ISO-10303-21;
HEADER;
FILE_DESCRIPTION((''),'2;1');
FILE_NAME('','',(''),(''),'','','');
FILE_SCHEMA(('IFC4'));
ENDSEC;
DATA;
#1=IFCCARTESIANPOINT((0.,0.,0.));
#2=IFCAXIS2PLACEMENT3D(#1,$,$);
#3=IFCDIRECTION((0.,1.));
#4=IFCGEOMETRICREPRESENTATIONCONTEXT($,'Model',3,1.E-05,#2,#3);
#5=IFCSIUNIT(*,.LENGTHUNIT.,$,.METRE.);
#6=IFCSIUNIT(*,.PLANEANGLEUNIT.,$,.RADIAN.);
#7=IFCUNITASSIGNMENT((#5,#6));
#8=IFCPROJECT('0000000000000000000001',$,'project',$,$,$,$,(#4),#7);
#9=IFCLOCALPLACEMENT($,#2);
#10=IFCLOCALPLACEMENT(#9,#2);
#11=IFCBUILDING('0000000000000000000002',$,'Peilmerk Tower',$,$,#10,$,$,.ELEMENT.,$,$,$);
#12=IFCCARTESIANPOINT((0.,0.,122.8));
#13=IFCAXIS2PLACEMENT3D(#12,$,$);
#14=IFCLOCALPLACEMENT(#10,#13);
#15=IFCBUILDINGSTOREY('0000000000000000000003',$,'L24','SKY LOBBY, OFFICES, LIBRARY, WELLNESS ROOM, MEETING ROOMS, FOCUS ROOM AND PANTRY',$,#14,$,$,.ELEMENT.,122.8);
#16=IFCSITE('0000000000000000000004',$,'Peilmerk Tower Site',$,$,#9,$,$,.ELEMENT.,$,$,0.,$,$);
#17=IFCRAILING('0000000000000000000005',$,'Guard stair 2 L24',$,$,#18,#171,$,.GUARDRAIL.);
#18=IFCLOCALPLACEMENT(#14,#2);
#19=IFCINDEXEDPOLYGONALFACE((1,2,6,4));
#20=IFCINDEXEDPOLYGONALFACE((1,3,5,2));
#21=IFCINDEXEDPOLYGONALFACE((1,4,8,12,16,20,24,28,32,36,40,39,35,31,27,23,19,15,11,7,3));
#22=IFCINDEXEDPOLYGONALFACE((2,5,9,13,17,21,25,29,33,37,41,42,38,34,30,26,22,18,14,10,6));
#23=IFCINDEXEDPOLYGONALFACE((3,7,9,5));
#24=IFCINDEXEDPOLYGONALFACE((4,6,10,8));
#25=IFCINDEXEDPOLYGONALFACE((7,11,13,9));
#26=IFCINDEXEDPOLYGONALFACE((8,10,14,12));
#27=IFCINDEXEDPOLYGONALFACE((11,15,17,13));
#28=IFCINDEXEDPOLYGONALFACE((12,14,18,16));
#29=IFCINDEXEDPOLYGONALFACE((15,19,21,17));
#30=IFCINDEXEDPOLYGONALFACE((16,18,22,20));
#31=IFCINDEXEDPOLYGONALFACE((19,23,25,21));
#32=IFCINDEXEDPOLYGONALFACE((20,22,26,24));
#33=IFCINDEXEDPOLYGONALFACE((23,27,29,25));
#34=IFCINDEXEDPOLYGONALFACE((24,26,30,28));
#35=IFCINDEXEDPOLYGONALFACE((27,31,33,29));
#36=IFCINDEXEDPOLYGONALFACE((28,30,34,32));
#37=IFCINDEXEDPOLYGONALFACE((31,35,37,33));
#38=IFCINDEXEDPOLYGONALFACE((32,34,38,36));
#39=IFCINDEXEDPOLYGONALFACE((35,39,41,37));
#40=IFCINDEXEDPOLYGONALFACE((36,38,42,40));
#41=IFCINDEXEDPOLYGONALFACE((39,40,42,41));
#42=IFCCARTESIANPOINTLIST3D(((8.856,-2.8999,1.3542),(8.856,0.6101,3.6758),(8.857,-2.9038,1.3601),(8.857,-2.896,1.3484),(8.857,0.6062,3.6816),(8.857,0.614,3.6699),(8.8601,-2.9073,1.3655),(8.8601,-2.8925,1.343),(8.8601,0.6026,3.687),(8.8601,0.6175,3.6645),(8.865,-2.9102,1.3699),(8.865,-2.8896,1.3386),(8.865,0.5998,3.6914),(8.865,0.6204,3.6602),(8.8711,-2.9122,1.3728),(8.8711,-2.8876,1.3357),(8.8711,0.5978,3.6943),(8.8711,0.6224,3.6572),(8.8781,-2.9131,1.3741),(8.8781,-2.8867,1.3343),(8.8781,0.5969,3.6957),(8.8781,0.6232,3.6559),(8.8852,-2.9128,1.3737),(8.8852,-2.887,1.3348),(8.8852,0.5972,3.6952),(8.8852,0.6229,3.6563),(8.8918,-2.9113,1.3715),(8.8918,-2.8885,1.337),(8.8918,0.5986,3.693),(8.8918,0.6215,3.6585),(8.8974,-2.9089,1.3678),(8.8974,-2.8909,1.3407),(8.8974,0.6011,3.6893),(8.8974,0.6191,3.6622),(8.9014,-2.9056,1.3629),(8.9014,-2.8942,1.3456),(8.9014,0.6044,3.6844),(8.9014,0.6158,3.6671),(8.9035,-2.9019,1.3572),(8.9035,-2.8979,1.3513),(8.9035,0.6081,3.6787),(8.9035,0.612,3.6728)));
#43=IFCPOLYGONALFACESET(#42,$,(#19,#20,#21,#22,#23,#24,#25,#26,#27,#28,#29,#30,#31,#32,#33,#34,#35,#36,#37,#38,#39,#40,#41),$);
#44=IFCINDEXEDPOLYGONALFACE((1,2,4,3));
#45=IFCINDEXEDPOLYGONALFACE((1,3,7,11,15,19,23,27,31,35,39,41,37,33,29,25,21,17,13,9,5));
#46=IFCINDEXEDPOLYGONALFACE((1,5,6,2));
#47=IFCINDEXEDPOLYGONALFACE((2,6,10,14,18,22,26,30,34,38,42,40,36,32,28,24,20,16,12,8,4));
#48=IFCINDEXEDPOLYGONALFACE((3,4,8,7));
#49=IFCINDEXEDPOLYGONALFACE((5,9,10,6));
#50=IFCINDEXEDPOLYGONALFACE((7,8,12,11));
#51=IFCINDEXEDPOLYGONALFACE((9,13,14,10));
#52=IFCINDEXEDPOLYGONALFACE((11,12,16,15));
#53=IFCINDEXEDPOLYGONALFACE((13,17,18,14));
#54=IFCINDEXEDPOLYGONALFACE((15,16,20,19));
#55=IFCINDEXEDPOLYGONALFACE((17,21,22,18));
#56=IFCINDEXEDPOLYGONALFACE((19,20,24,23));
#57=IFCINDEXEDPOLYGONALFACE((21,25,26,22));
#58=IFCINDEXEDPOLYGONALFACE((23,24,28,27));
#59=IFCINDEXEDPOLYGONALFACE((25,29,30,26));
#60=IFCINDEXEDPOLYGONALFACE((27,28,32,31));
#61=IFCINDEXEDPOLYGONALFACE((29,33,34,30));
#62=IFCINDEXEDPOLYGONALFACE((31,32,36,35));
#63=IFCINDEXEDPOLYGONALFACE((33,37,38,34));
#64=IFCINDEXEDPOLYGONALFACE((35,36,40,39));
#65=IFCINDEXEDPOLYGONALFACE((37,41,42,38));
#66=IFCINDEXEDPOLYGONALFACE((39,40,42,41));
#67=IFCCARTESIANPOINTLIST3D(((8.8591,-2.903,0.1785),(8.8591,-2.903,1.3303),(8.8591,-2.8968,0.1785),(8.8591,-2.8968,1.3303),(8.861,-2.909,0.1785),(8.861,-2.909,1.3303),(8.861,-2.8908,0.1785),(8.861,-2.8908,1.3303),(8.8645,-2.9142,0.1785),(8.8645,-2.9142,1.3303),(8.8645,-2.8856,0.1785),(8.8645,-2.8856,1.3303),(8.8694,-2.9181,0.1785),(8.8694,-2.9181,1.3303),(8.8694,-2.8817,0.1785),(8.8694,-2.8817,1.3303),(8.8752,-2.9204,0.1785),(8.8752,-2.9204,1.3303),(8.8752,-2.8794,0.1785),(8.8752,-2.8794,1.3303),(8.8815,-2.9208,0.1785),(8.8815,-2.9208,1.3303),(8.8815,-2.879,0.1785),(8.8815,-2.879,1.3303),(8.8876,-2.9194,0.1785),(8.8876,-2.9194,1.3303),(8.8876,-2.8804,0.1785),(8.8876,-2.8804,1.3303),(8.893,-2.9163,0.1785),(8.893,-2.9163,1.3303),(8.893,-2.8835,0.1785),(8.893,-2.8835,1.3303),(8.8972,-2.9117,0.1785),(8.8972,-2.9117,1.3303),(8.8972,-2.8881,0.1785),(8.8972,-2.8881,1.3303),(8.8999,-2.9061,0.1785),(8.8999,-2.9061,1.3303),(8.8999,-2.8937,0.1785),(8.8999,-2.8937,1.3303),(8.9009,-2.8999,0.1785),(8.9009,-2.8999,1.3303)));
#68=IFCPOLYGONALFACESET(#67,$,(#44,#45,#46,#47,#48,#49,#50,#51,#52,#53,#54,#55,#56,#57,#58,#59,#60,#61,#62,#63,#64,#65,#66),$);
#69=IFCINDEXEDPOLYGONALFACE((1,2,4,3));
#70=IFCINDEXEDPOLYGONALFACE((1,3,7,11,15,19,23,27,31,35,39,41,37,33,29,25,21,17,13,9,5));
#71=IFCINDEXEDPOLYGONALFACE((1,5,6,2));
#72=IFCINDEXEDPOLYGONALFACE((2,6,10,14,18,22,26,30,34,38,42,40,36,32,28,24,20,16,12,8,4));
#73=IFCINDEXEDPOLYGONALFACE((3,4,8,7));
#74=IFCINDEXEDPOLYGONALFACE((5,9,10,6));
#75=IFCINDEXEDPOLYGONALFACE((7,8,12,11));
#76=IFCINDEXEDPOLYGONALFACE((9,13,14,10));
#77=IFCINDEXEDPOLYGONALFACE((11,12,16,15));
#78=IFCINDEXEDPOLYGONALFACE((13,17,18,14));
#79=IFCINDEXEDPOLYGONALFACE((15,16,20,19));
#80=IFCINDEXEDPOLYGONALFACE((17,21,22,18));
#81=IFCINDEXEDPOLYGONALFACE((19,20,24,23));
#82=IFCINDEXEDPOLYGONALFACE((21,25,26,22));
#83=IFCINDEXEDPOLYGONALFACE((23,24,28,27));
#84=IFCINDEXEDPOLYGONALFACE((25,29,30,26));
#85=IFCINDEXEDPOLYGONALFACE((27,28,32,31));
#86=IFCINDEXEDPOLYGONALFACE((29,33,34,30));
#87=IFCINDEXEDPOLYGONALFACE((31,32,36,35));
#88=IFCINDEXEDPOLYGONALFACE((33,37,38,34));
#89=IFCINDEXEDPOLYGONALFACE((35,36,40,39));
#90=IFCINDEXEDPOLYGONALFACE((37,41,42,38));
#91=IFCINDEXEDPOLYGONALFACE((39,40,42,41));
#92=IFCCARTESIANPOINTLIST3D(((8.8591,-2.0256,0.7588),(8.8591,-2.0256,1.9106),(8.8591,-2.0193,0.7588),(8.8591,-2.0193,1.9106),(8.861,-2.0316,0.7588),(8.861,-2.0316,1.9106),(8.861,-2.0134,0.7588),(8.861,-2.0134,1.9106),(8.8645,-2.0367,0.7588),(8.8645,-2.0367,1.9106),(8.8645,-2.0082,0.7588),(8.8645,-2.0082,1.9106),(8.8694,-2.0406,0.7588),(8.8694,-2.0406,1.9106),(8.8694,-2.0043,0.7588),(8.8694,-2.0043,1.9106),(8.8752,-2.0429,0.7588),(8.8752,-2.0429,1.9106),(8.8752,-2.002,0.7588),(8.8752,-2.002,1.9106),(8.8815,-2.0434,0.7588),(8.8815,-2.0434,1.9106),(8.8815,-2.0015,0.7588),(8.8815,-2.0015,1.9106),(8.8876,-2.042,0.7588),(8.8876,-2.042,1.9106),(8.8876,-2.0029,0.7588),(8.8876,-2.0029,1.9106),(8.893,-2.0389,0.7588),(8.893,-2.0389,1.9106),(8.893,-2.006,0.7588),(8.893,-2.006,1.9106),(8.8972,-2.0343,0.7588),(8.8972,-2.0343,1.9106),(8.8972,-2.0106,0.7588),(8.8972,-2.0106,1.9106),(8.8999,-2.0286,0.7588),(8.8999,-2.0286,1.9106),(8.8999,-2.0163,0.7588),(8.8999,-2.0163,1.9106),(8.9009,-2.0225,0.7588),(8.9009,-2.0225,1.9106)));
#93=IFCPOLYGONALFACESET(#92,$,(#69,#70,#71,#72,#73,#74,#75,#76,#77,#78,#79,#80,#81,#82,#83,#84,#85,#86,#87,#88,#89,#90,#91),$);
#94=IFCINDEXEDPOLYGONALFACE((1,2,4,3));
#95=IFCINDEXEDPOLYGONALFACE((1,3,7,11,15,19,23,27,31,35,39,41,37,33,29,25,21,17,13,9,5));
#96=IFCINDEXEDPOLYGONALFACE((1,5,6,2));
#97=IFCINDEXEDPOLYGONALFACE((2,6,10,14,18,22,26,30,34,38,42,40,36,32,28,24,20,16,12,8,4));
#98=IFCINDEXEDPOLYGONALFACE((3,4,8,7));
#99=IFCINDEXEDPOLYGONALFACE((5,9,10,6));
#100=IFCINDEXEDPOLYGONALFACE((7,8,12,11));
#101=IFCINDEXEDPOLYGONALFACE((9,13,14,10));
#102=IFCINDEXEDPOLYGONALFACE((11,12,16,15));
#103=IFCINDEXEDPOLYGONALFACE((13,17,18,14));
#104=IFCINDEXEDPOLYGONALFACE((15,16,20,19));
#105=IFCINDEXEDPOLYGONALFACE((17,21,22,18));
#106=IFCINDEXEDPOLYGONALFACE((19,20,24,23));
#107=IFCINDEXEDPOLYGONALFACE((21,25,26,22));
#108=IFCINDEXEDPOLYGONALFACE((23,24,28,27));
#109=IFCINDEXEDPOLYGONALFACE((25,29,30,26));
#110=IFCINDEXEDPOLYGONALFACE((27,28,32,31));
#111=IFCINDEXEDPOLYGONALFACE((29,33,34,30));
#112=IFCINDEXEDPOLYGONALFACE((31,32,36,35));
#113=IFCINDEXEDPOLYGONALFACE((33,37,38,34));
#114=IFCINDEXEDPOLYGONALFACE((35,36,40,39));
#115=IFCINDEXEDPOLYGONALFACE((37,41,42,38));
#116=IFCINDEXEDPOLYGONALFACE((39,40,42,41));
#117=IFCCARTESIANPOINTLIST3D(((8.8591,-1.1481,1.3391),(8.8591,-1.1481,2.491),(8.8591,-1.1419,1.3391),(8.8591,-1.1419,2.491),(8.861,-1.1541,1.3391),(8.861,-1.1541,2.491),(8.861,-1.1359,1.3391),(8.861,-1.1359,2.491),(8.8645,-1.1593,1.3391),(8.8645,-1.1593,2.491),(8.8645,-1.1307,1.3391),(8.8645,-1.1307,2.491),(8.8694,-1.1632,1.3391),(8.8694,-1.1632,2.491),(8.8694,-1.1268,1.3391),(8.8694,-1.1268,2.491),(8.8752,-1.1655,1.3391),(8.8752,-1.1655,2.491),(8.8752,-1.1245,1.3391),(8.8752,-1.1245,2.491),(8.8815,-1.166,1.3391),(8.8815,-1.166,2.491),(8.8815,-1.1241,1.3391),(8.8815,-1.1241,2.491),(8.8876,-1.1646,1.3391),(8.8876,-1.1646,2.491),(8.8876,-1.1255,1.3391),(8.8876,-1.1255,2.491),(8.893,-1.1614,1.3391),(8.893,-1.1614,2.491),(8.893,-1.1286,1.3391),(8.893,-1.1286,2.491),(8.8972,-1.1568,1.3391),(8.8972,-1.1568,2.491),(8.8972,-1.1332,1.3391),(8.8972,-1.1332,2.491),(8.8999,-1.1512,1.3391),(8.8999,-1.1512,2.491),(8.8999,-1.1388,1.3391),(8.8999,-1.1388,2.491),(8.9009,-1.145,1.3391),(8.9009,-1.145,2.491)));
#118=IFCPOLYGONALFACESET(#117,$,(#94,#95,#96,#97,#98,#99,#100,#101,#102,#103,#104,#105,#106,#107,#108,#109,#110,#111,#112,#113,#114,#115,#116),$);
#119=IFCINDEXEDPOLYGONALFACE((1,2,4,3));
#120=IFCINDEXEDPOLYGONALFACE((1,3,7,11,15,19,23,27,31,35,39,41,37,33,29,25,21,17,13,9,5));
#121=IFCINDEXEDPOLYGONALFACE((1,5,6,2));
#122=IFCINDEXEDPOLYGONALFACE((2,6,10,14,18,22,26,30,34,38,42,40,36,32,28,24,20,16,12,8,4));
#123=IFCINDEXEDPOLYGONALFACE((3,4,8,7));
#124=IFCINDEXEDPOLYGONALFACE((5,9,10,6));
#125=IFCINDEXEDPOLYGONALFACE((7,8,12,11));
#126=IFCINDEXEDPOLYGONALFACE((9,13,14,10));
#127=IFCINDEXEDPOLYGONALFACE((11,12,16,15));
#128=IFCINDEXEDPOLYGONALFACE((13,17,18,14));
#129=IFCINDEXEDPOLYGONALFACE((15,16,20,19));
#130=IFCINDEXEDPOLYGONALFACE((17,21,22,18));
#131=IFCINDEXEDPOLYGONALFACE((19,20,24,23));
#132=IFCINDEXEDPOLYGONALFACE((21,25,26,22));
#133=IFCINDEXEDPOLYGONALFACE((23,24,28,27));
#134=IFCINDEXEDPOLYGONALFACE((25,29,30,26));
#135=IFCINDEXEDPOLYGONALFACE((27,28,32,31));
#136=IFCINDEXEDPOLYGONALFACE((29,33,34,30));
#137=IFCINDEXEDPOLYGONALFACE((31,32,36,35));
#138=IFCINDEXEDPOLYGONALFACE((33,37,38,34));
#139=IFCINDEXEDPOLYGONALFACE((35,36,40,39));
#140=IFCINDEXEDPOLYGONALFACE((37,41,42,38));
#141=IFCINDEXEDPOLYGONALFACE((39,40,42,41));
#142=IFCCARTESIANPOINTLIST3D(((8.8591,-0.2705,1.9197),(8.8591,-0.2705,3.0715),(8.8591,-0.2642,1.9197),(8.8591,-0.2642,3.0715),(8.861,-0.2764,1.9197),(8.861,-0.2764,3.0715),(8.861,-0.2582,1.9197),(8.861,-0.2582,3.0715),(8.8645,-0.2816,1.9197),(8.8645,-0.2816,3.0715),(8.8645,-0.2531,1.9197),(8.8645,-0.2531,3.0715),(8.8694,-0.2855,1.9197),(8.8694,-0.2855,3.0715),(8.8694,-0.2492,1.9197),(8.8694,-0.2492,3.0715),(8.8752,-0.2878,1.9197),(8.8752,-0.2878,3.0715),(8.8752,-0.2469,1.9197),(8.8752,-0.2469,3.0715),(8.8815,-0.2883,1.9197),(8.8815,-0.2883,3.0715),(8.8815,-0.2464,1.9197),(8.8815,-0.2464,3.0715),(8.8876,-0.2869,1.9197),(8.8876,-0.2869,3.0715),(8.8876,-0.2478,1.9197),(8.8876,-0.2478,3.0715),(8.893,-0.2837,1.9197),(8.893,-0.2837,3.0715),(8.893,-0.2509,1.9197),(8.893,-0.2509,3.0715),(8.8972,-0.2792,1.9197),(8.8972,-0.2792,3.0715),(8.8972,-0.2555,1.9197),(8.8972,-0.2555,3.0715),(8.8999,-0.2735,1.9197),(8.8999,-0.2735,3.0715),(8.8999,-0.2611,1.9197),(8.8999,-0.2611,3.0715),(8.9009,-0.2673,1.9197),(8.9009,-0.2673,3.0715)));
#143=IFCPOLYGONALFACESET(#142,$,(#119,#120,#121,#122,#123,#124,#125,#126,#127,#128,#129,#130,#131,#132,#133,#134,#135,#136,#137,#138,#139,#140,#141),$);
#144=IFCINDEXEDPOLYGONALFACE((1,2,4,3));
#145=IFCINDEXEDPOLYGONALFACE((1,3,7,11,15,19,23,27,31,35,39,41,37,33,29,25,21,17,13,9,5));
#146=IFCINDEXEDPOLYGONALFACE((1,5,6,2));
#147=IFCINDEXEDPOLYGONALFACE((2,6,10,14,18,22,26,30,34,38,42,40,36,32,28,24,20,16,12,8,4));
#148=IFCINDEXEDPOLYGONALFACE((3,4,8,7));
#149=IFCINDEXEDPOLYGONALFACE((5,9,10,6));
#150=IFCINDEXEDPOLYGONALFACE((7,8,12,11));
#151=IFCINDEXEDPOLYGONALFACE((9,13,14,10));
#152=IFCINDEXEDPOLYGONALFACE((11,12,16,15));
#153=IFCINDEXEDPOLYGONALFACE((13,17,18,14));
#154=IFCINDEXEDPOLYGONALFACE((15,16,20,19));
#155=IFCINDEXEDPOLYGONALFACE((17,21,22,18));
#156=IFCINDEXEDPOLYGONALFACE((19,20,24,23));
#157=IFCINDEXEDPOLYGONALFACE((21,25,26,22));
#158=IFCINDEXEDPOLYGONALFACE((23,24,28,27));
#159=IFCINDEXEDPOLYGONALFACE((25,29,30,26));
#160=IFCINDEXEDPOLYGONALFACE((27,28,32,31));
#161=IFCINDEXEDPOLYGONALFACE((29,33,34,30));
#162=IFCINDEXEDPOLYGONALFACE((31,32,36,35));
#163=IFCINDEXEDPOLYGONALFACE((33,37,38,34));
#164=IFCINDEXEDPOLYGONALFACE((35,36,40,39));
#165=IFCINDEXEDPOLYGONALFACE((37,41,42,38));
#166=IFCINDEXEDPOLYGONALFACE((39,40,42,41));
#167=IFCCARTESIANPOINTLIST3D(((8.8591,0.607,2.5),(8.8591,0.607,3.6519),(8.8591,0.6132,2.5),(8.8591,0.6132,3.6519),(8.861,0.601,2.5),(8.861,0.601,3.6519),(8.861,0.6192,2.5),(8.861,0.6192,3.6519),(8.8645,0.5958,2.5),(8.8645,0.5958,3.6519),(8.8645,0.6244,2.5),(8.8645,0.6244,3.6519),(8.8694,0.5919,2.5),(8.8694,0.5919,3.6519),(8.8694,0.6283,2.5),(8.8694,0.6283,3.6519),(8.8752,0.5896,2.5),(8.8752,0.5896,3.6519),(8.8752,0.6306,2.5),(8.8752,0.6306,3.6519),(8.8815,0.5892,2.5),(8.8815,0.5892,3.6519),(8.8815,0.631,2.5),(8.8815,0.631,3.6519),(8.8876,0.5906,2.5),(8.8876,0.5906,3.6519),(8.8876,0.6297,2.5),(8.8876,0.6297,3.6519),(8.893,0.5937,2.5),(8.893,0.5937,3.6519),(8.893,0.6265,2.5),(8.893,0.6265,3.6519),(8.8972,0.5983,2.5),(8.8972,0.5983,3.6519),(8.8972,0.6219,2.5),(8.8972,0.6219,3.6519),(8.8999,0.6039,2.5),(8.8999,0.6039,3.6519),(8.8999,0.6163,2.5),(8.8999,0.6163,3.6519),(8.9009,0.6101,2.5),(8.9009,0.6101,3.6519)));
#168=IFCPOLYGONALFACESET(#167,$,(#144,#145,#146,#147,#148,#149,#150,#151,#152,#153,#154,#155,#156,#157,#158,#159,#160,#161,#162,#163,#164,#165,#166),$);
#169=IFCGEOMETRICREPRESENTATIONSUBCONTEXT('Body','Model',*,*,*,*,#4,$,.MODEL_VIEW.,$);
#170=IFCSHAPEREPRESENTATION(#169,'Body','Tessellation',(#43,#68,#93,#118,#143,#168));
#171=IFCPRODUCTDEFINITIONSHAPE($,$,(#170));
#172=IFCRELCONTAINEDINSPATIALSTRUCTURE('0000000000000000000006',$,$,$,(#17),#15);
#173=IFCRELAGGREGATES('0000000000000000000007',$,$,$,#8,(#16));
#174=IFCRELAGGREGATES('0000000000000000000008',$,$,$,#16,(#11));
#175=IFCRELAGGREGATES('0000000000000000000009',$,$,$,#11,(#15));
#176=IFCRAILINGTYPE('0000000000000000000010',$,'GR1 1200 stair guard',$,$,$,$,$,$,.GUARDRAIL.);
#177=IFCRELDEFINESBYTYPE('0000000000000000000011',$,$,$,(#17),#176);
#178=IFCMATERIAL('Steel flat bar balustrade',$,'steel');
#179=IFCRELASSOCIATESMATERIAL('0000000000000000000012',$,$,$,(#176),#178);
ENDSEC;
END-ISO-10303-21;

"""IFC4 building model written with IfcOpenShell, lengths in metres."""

from ifc_helpers import new_model, si_unit, direction, frame, origin, origin_2d, place, context, subcontext, project, spatial, circle, extrude, material, type_object, element, save


model = new_model("IFC4")

# Units and contexts
model_context = context("Model", 3, precision=1e-05, world=origin(), true_north=direction((0.0, 1.0)))
body_context = subcontext(model_context, "Body", "Model", "MODEL_VIEW")
ifc_project = project(units=[si_unit("LENGTHUNIT", "METRE"), si_unit("PLANEANGLEUNIT", "RADIAN")], contexts=[model_context])

# Site, building, storey
site_placement = place(None, origin())
site = spatial("IfcSite", under=ifc_project, at=site_placement, Name="Peilmerk Tower Site", CompositionType="ELEMENT", RefElevation=0.0)
building_placement = place(site_placement, origin())
building = spatial("IfcBuilding", under=site, at=building_placement, Name="Peilmerk Tower", CompositionType="ELEMENT")
storey_placement = place(building_placement, frame((0.0, 0.0, 122.8)))
storey = spatial("IfcBuildingStorey", under=building, at=storey_placement, Name="L24", Description="SKY LOBBY, OFFICES, LIBRARY, WELLNESS ROOM, MEETING ROOMS, FOCUS ROOM AND PANTRY", CompositionType="ELEMENT", Elevation=122.8)

# Railing
ifc_material_1 = material(Name="Steel flat bar balustrade", Category="steel")
railing_type_1 = type_object("IfcRailingType", Name="GR1 1200 stair guard", PredefinedType="GUARDRAIL", material=ifc_material_1)
railing_1_placement = place(storey_placement, frame((8.8799, -2.8999, 0.1785)))
element("IfcRailing", 1, at=railing_1_placement, inside=storey, type_object=railing_type_1, Name="Guard stair 2 L24", PredefinedType="GUARDRAIL", context=body_context, shape_type="SweptSolid", body=[
    extrude(circle(Radius=0.0239, at=origin_2d()), frame((0.0, 0.0, 1.1758), z_axis=(0.0, 0.834071, 0.551657), x_axis=(-1.0, 0.0, 0.0)), (0.0, 0.0, 1.0), 4.2083),
    extrude(circle(Radius=0.021, at=origin_2d()), origin(), (0.0, 0.0, 1.0), 1.1519),
    extrude(circle(Radius=0.021, at=origin_2d()), frame((0.0, 0.8774, 0.5803)), (0.0, 0.0, 1.0), 1.1519),
    extrude(circle(Radius=0.021, at=origin_2d()), frame((0.0, 1.7549, 1.1606)), (0.0, 0.0, 1.0), 1.1519),
    extrude(circle(Radius=0.021, at=origin_2d()), frame((0.0, 2.6326, 1.7412)), (0.0, 0.0, 1.0), 1.1519),
    extrude(circle(Radius=0.021, at=origin_2d()), frame((0.0, 3.51, 2.3215)), (0.0, 0.0, 1.0), 1.1519),
])

save(model, "model.ifc")
